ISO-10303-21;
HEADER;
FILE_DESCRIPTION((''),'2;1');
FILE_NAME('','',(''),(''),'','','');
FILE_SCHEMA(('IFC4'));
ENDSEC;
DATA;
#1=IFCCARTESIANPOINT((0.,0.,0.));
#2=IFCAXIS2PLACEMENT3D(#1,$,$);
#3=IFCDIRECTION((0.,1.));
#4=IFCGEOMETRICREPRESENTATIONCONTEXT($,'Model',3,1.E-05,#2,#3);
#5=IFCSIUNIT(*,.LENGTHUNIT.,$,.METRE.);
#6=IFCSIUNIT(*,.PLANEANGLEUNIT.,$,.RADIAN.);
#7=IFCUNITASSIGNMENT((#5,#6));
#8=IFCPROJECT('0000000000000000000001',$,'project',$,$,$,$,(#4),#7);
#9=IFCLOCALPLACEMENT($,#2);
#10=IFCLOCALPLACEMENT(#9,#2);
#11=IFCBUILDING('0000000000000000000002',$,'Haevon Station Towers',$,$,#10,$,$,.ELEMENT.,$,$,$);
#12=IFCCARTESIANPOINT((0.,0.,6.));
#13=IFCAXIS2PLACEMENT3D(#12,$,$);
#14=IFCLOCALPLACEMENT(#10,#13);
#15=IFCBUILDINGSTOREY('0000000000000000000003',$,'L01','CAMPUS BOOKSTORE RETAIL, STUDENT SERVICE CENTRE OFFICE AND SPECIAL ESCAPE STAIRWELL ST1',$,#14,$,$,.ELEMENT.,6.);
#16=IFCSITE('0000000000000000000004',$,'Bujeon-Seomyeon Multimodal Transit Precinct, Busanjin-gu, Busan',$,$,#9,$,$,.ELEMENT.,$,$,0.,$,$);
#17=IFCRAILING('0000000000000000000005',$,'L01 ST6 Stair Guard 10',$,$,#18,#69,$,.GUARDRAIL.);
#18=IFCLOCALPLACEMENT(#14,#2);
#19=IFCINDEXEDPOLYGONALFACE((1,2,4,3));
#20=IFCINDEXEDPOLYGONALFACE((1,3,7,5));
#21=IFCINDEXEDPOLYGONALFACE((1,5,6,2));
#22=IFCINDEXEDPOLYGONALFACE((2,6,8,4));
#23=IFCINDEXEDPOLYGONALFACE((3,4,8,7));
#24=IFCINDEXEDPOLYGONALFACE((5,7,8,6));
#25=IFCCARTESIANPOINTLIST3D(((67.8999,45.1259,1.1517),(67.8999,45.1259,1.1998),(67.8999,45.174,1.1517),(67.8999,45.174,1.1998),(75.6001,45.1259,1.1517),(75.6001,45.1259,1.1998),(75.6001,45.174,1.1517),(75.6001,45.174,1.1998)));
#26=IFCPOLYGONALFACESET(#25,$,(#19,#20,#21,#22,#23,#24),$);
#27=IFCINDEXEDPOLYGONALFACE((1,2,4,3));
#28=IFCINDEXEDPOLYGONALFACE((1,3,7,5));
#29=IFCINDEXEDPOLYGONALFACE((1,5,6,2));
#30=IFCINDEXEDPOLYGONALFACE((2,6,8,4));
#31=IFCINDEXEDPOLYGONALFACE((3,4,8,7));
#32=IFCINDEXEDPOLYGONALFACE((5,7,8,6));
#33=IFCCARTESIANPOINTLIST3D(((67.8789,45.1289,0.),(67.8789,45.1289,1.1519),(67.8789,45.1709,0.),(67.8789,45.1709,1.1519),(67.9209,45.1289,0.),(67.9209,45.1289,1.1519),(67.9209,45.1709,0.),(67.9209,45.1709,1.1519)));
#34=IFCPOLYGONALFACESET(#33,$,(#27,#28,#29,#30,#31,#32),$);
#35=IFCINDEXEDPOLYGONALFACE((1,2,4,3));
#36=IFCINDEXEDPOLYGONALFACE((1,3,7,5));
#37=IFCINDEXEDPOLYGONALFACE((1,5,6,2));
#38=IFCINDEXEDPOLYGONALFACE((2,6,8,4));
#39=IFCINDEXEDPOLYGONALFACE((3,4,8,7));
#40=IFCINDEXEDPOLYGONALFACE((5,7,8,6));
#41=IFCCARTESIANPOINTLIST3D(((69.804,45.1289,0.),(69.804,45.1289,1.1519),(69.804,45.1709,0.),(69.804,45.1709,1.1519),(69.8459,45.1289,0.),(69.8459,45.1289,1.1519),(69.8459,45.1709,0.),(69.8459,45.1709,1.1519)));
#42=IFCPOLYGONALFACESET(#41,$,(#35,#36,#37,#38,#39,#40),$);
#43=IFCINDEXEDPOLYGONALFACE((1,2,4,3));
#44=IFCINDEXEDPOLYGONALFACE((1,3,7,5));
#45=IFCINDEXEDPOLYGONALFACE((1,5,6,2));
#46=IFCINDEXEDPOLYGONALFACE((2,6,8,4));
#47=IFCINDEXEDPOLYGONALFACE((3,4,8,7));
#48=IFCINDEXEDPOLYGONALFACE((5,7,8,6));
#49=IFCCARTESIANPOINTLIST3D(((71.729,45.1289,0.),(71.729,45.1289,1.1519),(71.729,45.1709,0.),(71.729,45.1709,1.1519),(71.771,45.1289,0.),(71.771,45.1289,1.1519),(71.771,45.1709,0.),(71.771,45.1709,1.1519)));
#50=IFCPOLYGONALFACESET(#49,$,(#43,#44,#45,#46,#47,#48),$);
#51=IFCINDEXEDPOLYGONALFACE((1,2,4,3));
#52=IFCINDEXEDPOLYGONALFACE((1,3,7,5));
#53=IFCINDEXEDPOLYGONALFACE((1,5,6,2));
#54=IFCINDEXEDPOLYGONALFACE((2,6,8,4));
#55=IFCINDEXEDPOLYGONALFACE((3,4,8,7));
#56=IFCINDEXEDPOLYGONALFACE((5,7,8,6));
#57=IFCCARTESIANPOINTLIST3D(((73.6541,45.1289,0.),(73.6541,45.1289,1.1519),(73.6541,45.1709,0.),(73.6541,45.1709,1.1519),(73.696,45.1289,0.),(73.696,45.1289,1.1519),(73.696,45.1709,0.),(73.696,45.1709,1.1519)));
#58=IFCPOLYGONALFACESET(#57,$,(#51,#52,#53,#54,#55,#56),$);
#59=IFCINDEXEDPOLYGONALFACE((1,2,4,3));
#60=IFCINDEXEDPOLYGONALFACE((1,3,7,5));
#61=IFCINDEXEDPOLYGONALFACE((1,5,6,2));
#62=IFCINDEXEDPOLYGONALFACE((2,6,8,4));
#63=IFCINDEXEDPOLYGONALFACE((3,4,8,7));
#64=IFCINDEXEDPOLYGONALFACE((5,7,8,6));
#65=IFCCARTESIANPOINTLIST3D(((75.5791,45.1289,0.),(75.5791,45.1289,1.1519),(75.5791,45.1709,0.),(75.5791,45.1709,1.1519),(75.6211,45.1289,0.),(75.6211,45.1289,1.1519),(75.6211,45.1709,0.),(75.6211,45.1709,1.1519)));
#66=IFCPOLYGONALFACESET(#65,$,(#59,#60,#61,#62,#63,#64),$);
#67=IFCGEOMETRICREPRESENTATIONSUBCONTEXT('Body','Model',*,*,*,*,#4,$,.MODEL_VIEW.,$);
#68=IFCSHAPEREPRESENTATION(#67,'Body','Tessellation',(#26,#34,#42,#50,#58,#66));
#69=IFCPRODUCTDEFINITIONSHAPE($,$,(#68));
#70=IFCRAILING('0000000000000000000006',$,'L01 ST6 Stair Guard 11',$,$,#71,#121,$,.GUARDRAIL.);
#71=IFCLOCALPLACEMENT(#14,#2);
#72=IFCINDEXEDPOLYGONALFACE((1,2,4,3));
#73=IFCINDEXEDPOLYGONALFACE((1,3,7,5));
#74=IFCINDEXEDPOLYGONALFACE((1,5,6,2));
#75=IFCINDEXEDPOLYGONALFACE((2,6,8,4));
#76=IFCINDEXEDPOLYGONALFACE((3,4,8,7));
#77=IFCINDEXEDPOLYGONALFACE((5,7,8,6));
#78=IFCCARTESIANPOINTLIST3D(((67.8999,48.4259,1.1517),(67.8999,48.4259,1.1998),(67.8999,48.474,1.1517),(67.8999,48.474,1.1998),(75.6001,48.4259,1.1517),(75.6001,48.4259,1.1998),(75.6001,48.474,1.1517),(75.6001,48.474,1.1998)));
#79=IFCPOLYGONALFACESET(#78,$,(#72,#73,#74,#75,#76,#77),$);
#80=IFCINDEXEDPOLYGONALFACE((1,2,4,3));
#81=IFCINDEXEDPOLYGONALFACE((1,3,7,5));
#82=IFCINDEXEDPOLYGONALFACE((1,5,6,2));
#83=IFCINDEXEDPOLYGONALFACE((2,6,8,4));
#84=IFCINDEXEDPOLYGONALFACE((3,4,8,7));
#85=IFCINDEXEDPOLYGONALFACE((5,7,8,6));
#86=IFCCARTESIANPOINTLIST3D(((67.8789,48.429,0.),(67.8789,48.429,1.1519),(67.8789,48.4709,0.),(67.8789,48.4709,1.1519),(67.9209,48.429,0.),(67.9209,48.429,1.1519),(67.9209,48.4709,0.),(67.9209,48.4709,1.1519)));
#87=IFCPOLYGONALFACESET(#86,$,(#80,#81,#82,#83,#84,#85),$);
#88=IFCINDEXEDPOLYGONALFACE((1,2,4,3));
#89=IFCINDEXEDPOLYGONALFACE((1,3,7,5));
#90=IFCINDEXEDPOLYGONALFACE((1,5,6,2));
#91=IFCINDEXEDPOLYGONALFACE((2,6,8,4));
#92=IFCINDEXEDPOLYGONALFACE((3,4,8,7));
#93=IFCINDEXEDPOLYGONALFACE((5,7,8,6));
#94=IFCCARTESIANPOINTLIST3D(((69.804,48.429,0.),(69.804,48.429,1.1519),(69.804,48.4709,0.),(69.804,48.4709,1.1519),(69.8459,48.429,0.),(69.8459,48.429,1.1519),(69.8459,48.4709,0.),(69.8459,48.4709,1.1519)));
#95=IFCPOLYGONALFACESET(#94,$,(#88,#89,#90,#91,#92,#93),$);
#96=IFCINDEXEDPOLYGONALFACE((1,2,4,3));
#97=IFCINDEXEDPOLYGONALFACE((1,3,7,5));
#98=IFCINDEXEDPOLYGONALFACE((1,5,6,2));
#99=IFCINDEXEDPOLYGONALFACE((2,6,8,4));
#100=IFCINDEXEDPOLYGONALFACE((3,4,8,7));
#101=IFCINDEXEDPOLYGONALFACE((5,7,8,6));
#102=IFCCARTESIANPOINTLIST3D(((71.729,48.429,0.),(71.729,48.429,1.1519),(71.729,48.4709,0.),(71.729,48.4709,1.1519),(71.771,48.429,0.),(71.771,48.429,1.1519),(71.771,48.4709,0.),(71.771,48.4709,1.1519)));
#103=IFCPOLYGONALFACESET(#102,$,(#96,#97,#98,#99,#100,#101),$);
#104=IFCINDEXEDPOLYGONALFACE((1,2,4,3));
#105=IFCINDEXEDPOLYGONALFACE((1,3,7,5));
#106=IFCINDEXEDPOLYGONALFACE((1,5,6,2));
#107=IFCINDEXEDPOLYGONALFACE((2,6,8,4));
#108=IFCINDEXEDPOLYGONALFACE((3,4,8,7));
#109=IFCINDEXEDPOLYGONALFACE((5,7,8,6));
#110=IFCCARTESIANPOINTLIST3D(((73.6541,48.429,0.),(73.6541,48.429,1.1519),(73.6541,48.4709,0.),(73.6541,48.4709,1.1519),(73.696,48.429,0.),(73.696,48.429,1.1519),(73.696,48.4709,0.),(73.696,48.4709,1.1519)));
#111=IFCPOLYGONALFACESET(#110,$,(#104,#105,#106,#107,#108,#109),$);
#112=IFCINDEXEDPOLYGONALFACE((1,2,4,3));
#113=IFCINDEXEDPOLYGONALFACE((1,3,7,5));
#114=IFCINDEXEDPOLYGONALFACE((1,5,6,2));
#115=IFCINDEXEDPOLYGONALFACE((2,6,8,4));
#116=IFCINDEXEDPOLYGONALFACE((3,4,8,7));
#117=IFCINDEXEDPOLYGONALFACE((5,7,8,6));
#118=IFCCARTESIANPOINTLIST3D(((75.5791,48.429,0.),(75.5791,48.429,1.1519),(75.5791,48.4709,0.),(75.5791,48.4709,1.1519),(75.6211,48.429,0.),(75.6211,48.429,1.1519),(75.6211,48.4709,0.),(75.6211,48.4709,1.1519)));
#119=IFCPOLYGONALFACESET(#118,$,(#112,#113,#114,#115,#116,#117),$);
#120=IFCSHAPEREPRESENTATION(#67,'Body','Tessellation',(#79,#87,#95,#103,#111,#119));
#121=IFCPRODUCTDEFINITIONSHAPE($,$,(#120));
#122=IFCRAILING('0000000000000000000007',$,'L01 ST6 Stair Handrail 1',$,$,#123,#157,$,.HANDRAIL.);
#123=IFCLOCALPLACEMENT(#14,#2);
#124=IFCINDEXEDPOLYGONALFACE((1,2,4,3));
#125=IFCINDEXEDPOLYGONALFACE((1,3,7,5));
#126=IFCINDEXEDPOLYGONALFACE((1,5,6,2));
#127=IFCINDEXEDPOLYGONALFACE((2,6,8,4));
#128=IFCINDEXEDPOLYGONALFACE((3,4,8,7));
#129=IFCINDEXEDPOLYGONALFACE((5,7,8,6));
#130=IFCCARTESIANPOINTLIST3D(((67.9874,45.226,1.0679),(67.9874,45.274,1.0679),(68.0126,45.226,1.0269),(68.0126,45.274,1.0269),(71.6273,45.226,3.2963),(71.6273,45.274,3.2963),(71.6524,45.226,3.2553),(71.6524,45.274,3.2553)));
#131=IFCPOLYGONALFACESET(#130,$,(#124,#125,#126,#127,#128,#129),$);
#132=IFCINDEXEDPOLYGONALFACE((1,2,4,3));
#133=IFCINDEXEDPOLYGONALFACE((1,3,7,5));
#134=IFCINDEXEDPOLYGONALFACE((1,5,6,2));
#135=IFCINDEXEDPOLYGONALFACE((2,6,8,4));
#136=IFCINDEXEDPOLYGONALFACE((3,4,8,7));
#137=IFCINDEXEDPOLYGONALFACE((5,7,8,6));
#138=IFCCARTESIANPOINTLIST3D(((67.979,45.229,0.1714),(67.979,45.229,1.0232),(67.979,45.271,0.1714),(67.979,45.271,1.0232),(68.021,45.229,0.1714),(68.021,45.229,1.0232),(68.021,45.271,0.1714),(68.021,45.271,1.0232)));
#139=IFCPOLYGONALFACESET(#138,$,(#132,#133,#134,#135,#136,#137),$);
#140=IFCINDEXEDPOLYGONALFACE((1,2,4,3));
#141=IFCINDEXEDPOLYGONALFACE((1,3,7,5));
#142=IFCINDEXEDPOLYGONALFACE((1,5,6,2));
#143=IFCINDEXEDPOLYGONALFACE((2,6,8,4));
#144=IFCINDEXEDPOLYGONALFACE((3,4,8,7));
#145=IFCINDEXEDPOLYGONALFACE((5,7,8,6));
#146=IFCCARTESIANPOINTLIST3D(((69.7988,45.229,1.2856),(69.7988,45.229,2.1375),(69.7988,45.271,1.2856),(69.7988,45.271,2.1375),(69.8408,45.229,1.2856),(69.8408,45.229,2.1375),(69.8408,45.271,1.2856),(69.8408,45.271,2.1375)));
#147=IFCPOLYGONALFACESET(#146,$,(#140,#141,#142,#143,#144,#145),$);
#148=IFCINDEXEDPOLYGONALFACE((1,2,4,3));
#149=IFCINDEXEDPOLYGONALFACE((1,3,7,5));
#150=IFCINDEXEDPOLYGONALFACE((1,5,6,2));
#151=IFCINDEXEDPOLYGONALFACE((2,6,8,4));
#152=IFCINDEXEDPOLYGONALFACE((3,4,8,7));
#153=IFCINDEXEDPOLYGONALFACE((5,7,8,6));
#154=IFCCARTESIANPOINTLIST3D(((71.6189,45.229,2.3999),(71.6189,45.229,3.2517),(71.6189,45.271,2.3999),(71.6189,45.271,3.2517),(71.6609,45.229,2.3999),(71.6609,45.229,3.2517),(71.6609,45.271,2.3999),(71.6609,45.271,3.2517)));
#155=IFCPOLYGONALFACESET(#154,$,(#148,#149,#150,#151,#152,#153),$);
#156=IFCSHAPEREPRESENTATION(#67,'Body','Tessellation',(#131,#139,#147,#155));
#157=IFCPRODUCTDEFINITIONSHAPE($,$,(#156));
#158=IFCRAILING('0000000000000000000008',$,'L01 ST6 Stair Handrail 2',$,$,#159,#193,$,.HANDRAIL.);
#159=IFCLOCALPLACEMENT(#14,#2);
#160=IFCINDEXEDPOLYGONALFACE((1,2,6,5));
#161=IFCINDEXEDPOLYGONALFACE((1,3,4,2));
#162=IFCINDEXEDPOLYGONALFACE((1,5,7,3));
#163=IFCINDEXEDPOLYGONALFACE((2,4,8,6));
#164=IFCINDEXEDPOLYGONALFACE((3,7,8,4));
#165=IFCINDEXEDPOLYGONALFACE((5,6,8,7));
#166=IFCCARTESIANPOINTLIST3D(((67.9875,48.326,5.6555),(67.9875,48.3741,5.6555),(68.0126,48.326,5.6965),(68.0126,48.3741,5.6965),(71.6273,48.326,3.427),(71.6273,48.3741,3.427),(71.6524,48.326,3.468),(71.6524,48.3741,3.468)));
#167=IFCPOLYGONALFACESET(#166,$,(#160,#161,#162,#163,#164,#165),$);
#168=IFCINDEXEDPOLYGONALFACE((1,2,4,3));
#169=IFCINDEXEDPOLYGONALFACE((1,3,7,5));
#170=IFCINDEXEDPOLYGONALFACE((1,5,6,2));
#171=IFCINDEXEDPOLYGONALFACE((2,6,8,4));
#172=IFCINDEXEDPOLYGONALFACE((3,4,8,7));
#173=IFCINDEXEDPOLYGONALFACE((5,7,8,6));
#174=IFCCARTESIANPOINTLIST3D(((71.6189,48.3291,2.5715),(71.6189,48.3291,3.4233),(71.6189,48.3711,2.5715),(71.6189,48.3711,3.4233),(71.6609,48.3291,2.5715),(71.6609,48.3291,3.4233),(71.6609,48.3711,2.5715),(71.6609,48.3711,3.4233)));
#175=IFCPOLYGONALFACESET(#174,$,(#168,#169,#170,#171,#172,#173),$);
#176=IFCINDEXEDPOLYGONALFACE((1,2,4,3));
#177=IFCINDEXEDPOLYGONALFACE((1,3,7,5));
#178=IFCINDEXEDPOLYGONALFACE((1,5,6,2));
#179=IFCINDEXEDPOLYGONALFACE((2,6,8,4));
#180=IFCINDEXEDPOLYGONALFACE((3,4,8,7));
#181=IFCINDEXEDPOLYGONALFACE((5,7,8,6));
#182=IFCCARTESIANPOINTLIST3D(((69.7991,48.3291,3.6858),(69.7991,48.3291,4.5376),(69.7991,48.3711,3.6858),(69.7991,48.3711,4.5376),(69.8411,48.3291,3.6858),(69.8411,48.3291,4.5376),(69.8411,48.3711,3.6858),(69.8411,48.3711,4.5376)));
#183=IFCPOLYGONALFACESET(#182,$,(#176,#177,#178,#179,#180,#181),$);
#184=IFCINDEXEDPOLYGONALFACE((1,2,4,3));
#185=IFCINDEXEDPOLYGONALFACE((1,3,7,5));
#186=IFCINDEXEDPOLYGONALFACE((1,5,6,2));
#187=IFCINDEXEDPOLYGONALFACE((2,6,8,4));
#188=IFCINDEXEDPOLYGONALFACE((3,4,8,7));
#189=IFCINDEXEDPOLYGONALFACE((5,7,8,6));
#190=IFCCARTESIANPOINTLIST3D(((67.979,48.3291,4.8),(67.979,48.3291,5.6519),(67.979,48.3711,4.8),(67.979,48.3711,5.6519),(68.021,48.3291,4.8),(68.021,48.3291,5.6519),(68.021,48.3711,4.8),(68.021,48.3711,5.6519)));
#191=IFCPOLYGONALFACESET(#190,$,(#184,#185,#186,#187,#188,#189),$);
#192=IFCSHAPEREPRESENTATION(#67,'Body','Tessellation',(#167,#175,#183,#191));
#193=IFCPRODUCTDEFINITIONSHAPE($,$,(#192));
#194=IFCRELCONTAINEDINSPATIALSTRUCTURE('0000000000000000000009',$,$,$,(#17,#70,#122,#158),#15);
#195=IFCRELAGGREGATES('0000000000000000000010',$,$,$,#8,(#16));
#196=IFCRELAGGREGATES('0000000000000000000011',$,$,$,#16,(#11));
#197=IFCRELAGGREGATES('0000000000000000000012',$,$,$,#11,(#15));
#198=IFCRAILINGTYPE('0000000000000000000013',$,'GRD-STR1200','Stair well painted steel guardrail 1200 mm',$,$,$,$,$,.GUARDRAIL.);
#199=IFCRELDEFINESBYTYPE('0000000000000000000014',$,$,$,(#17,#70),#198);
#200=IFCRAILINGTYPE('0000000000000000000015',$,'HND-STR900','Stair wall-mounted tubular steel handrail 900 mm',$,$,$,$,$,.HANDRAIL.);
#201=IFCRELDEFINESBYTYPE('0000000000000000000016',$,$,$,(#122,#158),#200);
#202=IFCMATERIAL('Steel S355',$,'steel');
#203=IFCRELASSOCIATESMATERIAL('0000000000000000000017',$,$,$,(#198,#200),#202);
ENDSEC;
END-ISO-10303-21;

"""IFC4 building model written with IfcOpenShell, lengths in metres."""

from ifc_helpers import new_model, si_unit, direction, frame, origin, origin_2d, place, context, subcontext, project, spatial, rectangle, extrude, material, type_object, element, save


model = new_model("IFC4")

# Units and contexts
model_context = context("Model", 3, precision=1e-05, world=origin(), true_north=direction((0.0, 1.0)))
body_context = subcontext(model_context, "Body", "Model", "MODEL_VIEW")
ifc_project = project(units=[si_unit("LENGTHUNIT", "METRE"), si_unit("PLANEANGLEUNIT", "RADIAN")], contexts=[model_context])

# Site, building, storey
site_placement = place(None, origin())
site = spatial("IfcSite", under=ifc_project, at=site_placement, Name="Bujeon-Seomyeon Multimodal Transit Precinct, Busanjin-gu, Busan", CompositionType="ELEMENT", RefElevation=0.0)
building_placement = place(site_placement, origin())
building = spatial("IfcBuilding", under=site, at=building_placement, Name="Haevon Station Towers", CompositionType="ELEMENT")
storey_placement = place(building_placement, frame((0.0, 0.0, 6.0)))
storey = spatial("IfcBuildingStorey", under=building, at=storey_placement, Name="L01", Description="CAMPUS BOOKSTORE RETAIL, STUDENT SERVICE CENTRE OFFICE AND SPECIAL ESCAPE STAIRWELL ST1", CompositionType="ELEMENT", Elevation=6.0)

# Shared definitions
ifc_material_1 = material(Name="Steel S355", Category="steel")

# Railings
railing_type_1 = type_object("IfcRailingType", Name="GRD-STR1200", Description="Stair well painted steel guardrail 1200 mm", PredefinedType="GUARDRAIL", material=ifc_material_1)
for number, where, name in (
    (1, (67.8999, 45.1499, 0.0), "L01 ST6 Stair Guard 10"),
    (2, (67.8999, 48.45, 0.0), "L01 ST6 Stair Guard 11"),
):
    element("IfcRailing", number, at=place(storey_placement, frame(where)), inside=storey, type_object=railing_type_1, Name=name, PredefinedType="GUARDRAIL", context=body_context, shape_type="SweptSolid", body=[
        extrude(rectangle(XDim=0.0481, YDim=0.0481, at=origin_2d()), frame((0.0, 0.0, 1.1758), z_axis=(1.0, 0.0, 0.0), x_axis=(0.0, 1.0, 0.0)), (0.0, 0.0, 1.0), 7.7002),
        extrude(rectangle(XDim=0.042, YDim=0.042, at=origin_2d()), origin(), (0.0, 0.0, 1.0), 1.1519),
        extrude(rectangle(XDim=0.042, YDim=0.042, at=origin_2d()), frame((1.925, 0.0, 0.0)), (0.0, 0.0, 1.0), 1.1519),
        extrude(rectangle(XDim=0.042, YDim=0.042, at=origin_2d()), frame((3.8501, 0.0, 0.0)), (0.0, 0.0, 1.0), 1.1519),
        extrude(rectangle(XDim=0.042, YDim=0.042, at=origin_2d()), frame((5.7751, 0.0, 0.0)), (0.0, 0.0, 1.0), 1.1519),
        extrude(rectangle(XDim=0.042, YDim=0.042, at=origin_2d()), frame((7.7002, 0.0, 0.0)), (0.0, 0.0, 1.0), 1.1519),
    ])
railing_type_2 = type_object("IfcRailingType", Name="HND-STR900", Description="Stair wall-mounted tubular steel handrail 900 mm", PredefinedType="HANDRAIL", material=ifc_material_1)
railing_1_placement = place(storey_placement, frame((68.0, 45.25, 0.1714)))
element("IfcRailing", 3, at=railing_1_placement, inside=storey, type_object=railing_type_2, Name="L01 ST6 Stair Handrail 1", PredefinedType="HANDRAIL", context=body_context, shape_type="SweptSolid", body=[
    extrude(rectangle(XDim=0.0481, YDim=0.0481, at=origin_2d()), frame((0.0, 0.0, 0.876), z_axis=(0.85285, 0.0, 0.522156), x_axis=(0.0, 1.0, 0.0)), (0.0, 0.0, 1.0), 4.2678),
    extrude(rectangle(XDim=0.042, YDim=0.042, at=origin_2d()), origin(), (0.0, 0.0, 1.0), 0.8518),
    extrude(rectangle(XDim=0.042, YDim=0.042, at=origin_2d()), frame((1.8198, 0.0, 1.1143)), (0.0, 0.0, 1.0), 0.8518),
    extrude(rectangle(XDim=0.042, YDim=0.042, at=origin_2d()), frame((3.6399, 0.0, 2.2285)), (0.0, 0.0, 1.0), 0.8518),
])
railing_2_placement = place(storey_placement, frame((71.6399, 48.3501, 2.5715)))
element("IfcRailing", 4, at=railing_2_placement, inside=storey, type_object=railing_type_2, Name="L01 ST6 Stair Handrail 2", PredefinedType="HANDRAIL", context=body_context, shape_type="SweptSolid", body=[
    extrude(rectangle(XDim=0.0481, YDim=0.0481, at=origin_2d()), frame((0.0, 0.0, 0.876), z_axis=(-0.85285, 0.0, 0.522156), x_axis=(0.0, -1.0, 0.0)), (0.0, 0.0, 1.0), 4.2678),
    extrude(rectangle(XDim=0.042, YDim=0.042, at=origin_2d()), origin(), (0.0, 0.0, 1.0), 0.8518),
    extrude(rectangle(XDim=0.042, YDim=0.042, at=origin_2d()), frame((-1.8198, 0.0, 1.1143)), (0.0, 0.0, 1.0), 0.8518),
    extrude(rectangle(XDim=0.042, YDim=0.042, at=origin_2d()), frame((-3.6399, 0.0, 2.2285)), (0.0, 0.0, 1.0), 0.8518),
])

save(model, "model.ifc")
